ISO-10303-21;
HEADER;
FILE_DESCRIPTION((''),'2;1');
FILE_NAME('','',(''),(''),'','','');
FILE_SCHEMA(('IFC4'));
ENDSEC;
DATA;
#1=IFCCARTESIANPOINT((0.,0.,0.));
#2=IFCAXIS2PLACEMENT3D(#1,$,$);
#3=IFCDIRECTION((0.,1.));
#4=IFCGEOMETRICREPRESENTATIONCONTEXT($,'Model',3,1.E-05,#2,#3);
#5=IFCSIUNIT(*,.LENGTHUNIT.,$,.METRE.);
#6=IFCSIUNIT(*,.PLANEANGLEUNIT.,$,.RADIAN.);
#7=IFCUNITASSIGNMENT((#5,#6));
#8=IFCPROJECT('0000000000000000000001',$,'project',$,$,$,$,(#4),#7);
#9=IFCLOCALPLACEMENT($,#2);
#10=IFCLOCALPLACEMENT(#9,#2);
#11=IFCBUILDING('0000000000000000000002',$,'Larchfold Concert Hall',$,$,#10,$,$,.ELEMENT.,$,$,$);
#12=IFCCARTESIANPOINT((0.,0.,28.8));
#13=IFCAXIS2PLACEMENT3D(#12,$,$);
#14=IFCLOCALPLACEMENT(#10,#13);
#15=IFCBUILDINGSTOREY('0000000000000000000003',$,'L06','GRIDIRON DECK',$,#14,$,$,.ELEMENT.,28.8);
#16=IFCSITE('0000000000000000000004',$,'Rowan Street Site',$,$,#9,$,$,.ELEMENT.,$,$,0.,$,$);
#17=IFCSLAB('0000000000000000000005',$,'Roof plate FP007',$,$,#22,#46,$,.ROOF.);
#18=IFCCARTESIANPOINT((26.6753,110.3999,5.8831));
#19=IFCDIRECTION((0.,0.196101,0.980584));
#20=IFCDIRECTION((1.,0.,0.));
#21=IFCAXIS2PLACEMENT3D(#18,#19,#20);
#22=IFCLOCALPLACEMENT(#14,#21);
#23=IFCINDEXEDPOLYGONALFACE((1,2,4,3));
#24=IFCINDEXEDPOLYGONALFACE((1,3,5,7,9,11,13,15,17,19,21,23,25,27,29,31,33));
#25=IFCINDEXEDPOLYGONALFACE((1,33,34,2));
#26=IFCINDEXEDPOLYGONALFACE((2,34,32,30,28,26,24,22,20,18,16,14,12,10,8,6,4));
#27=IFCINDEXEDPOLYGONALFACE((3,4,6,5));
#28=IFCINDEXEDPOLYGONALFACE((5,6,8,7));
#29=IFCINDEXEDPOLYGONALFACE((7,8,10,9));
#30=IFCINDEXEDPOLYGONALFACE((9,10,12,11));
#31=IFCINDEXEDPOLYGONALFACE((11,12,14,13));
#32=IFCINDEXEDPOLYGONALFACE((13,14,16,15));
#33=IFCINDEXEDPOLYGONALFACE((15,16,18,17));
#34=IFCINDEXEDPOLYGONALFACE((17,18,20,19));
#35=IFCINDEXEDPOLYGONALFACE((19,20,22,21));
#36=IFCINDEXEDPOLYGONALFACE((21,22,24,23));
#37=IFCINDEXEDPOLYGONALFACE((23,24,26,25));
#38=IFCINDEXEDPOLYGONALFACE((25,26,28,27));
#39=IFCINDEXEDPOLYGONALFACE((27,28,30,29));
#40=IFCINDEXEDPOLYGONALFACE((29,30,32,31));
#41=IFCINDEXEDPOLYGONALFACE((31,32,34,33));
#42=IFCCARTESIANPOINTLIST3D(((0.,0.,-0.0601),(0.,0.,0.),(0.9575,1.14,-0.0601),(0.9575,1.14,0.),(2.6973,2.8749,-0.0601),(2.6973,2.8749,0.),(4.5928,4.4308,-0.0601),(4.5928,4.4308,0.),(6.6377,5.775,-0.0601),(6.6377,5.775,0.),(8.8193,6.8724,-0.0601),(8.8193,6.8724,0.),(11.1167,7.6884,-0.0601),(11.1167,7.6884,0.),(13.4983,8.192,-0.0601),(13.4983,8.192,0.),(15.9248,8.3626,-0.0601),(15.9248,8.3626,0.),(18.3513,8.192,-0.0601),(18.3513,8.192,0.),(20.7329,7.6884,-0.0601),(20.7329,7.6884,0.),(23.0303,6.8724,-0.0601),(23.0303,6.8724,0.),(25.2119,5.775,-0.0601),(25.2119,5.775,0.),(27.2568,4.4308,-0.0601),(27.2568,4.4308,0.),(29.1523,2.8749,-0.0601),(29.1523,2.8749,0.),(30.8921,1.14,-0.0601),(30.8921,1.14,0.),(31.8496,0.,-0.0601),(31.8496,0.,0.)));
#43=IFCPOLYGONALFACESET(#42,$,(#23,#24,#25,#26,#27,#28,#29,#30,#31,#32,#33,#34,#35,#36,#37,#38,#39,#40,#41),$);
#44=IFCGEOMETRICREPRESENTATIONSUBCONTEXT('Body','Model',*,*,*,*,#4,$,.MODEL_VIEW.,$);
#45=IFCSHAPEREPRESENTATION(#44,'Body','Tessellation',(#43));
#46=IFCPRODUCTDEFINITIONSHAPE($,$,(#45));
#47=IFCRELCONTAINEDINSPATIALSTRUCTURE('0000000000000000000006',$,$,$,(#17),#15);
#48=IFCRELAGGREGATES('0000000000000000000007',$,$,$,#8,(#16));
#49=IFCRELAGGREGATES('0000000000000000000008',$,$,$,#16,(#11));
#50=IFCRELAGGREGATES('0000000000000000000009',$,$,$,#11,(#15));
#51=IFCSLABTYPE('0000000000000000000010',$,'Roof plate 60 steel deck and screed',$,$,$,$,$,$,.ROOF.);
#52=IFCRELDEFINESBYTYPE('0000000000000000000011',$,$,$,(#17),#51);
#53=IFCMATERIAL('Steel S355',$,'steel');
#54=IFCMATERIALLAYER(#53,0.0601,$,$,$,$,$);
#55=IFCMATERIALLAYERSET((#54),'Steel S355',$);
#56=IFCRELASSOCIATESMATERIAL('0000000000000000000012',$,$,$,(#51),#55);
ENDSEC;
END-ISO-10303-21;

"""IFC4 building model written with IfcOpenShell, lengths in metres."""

from ifc_helpers import new_model, si_unit, direction, frame, origin, place, context, subcontext, project, spatial, polyline, outline, extrude, material, layer, layer_set, type_object, element, save


model = new_model("IFC4")

# Units and contexts
model_context = context("Model", 3, precision=1e-05, world=origin(), true_north=direction((0.0, 1.0)))
body_context = subcontext(model_context, "Body", "Model", "MODEL_VIEW")
ifc_project = project(units=[si_unit("LENGTHUNIT", "METRE"), si_unit("PLANEANGLEUNIT", "RADIAN")], contexts=[model_context])

# Site, building, storey
site_placement = place(None, origin())
site = spatial("IfcSite", under=ifc_project, at=site_placement, Name="Rowan Street Site", CompositionType="ELEMENT", RefElevation=0.0)
building_placement = place(site_placement, origin())
building = spatial("IfcBuilding", under=site, at=building_placement, Name="Larchfold Concert Hall", CompositionType="ELEMENT")
storey_placement = place(building_placement, frame((0.0, 0.0, 28.8)))
storey = spatial("IfcBuildingStorey", under=building, at=storey_placement, Name="L06", Description="GRIDIRON DECK", CompositionType="ELEMENT", Elevation=28.8)

# Slab
ifc_material_1 = material(Name="Steel S355", Category="steel")
ifc_layer_1 = layer(ifc_material_1, 0.0601)
ifc_layer_set_1 = layer_set([ifc_layer_1], Name="Steel S355")
slab_type = type_object("IfcSlabType", Name="Roof plate 60 steel deck and screed", PredefinedType="ROOF", material=ifc_layer_set_1)
slab_placement = place(storey_placement, frame((26.6753, 110.3999, 5.8831), z_axis=(0.0, 0.196101, 0.980584), x_axis=(1.0, 0.0, 0.0)))
element("IfcSlab", 1, at=slab_placement, inside=storey, type_object=slab_type, Name="Roof plate FP007", PredefinedType="ROOF", context=body_context, shape_type="SweptSolid", body=[
    extrude(outline(polyline([(0.0, 0.0), (31.8496, 0.0), (30.8921, 1.14), (29.1523, 2.8749), (27.2568, 4.4308), (25.2119, 5.775), (23.0303, 6.8724), (20.7329, 7.6884), (18.3513, 8.192), (15.9248, 8.3626), (13.4983, 8.192), (11.1167, 7.6884), (8.8193, 6.8724), (6.6377, 5.775), (4.5928, 4.4308), (2.6973, 2.8749), (0.9575, 1.14), (0.0, 0.0)])), origin(), (0.0, 0.0, -1.0), 0.0601),
])

save(model, "model.ifc")
